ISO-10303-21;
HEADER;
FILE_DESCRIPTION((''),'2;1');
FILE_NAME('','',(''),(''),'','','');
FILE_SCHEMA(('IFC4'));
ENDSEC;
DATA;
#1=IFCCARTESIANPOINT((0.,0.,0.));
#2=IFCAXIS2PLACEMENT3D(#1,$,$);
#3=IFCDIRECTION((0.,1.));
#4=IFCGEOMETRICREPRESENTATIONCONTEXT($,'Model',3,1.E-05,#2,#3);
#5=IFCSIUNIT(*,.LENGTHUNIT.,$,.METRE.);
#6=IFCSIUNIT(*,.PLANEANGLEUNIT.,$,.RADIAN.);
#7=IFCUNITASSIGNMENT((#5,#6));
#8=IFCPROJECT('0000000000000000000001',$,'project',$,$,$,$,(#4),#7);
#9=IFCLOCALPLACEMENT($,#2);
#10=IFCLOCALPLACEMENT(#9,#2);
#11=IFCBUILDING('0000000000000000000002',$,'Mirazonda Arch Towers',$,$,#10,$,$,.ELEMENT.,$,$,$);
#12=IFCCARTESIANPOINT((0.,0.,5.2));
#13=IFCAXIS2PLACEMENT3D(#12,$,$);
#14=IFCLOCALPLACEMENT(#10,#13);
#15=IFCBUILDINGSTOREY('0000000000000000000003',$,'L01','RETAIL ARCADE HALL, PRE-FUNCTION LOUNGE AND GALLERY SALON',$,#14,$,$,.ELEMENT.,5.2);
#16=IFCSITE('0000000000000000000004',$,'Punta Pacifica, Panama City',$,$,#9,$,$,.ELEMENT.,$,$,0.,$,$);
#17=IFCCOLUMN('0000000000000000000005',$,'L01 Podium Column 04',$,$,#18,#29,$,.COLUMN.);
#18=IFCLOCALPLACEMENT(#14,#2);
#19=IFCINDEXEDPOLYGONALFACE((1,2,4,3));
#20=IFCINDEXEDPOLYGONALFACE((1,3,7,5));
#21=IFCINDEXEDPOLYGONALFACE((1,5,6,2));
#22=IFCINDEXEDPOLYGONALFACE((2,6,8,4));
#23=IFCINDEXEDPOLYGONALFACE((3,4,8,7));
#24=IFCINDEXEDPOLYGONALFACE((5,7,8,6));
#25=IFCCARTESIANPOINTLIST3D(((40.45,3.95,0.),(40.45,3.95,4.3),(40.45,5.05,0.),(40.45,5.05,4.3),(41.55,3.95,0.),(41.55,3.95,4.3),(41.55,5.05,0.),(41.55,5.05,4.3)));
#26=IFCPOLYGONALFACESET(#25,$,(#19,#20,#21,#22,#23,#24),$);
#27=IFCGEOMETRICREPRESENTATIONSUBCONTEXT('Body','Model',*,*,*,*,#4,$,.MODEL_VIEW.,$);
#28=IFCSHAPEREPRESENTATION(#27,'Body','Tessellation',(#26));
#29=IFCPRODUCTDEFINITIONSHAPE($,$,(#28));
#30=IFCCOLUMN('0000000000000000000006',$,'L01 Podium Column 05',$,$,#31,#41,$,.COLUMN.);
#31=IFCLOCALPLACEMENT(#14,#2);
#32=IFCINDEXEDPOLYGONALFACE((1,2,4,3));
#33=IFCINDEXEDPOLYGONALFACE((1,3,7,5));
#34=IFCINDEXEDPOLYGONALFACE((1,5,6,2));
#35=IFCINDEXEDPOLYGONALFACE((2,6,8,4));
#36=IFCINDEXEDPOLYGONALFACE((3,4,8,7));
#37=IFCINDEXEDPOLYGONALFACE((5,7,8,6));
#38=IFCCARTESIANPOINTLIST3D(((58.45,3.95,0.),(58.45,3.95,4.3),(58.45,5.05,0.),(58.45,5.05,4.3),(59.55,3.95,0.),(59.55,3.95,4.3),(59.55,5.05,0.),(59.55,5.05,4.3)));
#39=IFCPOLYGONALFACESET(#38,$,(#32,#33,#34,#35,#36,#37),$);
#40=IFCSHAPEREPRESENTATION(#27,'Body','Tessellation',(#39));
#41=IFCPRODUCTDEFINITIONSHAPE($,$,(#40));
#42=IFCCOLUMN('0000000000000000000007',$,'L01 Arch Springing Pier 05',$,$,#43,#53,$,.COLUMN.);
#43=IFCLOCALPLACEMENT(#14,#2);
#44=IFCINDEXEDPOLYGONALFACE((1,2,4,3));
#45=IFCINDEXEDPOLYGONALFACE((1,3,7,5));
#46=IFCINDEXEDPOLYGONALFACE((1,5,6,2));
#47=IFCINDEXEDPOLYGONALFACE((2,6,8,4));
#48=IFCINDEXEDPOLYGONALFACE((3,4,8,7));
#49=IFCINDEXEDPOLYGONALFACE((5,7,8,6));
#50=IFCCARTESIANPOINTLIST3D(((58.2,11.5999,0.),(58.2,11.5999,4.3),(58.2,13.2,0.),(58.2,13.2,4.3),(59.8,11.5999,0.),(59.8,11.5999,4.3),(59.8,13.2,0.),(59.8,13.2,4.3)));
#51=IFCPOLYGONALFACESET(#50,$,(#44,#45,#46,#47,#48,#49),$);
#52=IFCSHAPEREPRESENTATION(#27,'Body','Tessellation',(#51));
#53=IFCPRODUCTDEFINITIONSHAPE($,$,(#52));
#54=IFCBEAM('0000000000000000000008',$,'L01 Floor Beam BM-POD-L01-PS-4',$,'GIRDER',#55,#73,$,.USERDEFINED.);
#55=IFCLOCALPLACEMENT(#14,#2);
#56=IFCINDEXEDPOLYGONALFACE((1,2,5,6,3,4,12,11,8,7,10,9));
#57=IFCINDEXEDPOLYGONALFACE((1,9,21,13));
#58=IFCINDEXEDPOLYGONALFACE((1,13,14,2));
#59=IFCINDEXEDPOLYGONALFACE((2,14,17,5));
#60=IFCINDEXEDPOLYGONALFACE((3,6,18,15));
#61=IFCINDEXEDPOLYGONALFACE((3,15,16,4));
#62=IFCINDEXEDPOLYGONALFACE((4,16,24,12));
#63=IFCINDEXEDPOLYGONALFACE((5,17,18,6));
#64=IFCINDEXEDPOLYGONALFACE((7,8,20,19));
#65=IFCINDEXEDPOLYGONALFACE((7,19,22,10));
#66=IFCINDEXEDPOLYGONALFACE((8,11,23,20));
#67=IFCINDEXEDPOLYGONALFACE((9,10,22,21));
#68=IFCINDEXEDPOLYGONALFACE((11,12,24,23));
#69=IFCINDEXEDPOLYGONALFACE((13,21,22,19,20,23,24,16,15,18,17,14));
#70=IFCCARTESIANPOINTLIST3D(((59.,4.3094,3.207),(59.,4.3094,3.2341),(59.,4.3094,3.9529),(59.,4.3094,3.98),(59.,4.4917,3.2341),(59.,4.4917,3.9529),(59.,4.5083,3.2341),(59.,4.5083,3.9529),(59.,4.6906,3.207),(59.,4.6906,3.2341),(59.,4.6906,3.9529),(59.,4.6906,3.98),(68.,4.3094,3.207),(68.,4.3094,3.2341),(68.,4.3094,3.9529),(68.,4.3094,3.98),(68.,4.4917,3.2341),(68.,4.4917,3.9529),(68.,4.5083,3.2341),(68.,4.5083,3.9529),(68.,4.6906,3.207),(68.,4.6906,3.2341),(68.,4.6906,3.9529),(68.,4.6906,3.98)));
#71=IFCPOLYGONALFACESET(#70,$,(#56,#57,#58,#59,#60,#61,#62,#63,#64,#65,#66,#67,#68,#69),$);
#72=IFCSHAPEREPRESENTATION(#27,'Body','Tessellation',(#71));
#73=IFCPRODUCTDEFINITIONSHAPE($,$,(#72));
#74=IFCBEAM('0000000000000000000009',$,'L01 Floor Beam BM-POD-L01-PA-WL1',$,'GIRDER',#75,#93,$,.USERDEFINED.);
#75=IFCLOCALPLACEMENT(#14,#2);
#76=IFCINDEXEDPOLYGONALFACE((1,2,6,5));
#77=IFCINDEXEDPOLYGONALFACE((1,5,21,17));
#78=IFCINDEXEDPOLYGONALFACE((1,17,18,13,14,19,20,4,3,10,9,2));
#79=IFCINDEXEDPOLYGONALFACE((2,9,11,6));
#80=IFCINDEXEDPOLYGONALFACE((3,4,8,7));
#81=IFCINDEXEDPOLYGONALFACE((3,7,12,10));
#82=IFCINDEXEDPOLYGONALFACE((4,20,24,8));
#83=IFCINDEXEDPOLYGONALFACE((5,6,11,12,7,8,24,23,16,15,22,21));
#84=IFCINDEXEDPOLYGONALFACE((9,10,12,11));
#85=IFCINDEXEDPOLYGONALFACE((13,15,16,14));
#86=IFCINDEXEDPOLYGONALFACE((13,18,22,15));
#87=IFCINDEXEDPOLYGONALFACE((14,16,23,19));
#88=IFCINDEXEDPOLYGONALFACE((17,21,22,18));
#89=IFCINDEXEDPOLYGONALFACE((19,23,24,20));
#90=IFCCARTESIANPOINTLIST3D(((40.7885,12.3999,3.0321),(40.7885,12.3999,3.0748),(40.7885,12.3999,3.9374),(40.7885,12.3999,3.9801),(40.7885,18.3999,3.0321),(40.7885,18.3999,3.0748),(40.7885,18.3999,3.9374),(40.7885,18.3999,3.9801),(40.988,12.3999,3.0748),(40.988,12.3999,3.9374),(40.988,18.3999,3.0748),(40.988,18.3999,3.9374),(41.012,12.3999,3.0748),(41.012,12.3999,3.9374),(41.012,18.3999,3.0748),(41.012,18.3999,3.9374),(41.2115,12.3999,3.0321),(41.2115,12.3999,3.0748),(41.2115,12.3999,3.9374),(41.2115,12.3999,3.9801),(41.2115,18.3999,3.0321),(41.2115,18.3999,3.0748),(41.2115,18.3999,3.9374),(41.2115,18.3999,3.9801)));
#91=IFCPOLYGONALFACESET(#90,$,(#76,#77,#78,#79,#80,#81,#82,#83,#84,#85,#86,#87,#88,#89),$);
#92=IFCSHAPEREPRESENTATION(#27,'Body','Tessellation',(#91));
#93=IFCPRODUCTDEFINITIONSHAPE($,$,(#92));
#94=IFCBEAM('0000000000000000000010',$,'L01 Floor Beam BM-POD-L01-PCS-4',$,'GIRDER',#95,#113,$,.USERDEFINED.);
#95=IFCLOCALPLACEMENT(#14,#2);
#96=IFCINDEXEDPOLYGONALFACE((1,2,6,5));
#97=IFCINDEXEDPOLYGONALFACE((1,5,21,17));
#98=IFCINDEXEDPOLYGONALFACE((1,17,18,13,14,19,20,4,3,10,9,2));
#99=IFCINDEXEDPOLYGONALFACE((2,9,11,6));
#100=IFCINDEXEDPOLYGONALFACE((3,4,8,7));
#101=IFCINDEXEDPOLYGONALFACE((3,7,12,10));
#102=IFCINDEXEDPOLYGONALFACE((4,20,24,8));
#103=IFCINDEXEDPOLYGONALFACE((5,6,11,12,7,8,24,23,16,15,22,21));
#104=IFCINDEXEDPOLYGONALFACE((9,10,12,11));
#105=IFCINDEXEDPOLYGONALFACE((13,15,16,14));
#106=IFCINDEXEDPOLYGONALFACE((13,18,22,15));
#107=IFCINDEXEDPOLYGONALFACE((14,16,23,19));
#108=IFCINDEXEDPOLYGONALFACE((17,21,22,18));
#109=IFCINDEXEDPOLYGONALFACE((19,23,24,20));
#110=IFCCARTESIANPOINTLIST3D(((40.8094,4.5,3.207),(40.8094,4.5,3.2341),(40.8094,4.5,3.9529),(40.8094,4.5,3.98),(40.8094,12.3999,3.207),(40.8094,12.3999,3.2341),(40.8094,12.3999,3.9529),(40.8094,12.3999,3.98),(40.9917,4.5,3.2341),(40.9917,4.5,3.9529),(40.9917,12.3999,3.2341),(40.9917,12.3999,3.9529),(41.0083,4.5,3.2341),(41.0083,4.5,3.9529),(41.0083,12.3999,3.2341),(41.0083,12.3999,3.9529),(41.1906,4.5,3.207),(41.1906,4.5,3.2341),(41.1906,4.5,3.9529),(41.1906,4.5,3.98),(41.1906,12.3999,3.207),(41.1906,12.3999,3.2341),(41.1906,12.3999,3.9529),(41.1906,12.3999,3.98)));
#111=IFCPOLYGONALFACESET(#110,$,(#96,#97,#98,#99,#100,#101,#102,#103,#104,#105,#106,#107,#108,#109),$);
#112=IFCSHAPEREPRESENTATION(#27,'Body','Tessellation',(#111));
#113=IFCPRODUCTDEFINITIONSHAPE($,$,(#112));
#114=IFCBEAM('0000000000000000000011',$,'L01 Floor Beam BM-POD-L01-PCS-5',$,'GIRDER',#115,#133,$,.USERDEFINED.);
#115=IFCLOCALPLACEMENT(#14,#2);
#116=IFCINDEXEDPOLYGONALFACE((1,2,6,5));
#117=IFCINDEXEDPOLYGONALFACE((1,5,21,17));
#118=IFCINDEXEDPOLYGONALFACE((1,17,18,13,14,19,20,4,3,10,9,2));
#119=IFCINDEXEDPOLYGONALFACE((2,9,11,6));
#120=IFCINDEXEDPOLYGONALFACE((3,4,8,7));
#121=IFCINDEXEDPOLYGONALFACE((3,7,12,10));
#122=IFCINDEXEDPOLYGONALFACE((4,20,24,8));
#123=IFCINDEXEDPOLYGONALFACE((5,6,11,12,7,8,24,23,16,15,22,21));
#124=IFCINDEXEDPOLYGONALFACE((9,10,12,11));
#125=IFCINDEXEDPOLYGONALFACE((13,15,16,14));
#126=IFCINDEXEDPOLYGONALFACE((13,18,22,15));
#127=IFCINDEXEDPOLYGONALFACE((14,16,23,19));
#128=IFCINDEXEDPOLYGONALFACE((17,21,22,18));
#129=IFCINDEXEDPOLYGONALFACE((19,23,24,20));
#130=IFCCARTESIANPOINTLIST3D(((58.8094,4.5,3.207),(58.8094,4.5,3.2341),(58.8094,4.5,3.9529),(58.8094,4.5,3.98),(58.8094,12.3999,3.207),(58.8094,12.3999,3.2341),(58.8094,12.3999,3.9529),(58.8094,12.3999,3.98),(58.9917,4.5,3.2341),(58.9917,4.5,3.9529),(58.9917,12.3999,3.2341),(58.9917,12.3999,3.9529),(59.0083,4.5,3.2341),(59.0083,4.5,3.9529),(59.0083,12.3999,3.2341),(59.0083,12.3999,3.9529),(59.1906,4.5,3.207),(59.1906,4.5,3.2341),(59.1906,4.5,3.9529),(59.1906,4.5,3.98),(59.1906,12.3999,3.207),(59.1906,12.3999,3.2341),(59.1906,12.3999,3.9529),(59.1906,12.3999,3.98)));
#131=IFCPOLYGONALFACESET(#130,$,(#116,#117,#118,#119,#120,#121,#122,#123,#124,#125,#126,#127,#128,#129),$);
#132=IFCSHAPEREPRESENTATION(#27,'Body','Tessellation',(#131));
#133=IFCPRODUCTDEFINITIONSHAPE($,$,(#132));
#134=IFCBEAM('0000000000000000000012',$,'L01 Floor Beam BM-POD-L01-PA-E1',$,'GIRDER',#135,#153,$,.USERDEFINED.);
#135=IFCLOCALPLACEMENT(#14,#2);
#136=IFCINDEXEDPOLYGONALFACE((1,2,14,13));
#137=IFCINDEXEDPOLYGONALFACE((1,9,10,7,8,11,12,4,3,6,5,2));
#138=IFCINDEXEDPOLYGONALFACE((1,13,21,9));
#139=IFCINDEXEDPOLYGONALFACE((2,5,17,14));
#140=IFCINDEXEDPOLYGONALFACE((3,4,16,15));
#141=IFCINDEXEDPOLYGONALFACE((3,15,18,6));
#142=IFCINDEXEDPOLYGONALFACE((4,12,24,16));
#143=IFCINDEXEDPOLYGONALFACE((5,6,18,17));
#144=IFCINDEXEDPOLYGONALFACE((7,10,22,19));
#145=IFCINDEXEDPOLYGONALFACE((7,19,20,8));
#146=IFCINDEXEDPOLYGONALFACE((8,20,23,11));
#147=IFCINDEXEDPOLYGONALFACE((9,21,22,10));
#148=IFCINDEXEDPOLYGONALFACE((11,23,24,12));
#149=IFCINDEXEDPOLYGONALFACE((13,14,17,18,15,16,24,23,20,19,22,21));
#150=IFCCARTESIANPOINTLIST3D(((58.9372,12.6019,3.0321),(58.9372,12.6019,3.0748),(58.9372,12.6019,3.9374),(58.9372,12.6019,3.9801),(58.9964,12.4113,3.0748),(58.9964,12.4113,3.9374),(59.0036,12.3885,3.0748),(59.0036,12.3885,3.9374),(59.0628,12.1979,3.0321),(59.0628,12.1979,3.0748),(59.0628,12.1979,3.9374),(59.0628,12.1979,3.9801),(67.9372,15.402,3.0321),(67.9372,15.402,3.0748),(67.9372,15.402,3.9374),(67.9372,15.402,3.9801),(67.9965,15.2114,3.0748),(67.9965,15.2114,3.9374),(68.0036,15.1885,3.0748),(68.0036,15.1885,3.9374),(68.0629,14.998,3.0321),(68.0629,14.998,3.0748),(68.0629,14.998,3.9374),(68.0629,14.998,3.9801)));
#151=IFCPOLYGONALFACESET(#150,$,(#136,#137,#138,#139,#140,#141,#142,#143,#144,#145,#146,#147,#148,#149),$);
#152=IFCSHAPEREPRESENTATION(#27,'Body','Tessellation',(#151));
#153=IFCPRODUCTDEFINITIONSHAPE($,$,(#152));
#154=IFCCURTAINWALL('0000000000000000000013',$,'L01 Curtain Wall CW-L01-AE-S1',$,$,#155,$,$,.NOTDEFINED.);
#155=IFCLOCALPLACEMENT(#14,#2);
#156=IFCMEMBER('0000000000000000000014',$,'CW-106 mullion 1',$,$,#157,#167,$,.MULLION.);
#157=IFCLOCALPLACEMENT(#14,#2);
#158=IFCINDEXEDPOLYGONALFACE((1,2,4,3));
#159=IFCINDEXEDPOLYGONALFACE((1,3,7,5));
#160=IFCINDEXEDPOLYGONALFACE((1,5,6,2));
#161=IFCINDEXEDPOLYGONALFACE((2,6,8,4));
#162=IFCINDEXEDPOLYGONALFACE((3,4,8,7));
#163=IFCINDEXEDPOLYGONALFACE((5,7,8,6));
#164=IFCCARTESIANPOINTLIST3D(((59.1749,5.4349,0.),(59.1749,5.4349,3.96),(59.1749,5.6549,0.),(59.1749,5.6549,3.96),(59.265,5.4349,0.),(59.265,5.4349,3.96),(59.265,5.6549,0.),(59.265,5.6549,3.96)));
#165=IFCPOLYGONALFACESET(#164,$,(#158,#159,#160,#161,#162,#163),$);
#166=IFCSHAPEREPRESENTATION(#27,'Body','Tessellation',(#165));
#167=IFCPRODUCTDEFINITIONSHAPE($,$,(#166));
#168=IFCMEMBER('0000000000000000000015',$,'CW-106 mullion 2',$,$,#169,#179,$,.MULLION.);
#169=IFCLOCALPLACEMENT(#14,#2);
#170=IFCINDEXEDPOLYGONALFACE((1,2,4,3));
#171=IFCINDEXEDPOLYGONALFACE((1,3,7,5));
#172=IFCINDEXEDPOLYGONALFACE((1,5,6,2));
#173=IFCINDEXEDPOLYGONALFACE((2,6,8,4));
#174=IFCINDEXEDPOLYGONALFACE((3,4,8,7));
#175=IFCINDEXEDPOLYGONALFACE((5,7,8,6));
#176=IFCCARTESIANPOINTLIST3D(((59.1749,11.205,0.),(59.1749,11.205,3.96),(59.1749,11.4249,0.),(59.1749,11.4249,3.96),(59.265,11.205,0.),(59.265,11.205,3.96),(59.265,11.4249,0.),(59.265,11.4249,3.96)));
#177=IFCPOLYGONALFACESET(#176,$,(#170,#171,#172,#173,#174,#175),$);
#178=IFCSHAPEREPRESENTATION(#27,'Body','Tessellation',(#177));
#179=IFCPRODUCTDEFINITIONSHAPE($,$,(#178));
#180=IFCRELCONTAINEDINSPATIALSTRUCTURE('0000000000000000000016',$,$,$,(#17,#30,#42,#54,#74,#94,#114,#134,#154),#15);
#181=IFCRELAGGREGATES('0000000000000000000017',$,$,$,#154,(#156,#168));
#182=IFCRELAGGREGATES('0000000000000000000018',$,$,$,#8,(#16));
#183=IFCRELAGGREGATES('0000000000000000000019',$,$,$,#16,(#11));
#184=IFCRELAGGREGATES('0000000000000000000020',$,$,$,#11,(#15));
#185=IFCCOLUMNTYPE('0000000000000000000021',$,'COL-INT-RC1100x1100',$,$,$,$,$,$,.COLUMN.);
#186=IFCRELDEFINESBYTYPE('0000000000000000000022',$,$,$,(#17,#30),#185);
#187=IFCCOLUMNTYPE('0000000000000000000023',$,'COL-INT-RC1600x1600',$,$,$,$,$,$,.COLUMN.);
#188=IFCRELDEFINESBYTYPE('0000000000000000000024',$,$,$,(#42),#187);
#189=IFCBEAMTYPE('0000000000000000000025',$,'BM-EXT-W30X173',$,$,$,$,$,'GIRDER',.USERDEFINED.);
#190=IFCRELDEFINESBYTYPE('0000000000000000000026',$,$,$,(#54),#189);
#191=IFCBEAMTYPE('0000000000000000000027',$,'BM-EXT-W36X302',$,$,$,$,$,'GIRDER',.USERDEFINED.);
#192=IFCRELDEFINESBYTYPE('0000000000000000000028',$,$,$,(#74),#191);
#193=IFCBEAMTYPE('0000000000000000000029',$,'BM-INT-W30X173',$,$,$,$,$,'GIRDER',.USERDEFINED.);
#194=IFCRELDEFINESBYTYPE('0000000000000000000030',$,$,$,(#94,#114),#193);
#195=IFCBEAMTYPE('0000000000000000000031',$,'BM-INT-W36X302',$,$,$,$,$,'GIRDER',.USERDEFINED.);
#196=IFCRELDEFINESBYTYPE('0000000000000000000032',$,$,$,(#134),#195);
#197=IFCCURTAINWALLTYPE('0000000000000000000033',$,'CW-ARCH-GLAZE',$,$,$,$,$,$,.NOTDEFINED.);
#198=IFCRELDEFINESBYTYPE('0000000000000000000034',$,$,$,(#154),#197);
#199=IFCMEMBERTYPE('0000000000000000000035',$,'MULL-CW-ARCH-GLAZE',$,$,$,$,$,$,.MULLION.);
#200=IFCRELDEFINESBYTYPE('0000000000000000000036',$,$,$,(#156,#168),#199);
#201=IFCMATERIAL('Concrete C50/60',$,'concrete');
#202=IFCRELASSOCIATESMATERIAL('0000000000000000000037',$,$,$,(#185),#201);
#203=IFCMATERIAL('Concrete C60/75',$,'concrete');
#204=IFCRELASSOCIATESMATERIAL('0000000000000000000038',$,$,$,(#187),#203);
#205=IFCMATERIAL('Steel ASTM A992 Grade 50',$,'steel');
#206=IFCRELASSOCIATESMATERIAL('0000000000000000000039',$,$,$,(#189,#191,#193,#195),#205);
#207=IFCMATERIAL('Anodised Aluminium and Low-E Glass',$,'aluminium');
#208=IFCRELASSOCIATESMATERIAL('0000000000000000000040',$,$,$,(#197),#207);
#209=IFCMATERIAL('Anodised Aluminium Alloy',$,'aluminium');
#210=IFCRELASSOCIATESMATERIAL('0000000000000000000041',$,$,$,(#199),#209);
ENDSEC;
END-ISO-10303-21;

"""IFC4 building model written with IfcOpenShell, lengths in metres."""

from ifc_helpers import new_model, si_unit, direction, frame, origin, origin_2d, place, context, subcontext, project, spatial, rectangle, i_section, extrude, material, material_profile, profile_set, type_object, element, aggregate, save


model = new_model("IFC4")

# Units and contexts
model_context = context("Model", 3, precision=1e-05, world=origin(), true_north=direction((0.0, 1.0)))
body_context = subcontext(model_context, "Body", "Model", "MODEL_VIEW")
ifc_project = project(units=[si_unit("LENGTHUNIT", "METRE"), si_unit("PLANEANGLEUNIT", "RADIAN")], contexts=[model_context])

# Site, building, storey
site_placement = place(None, origin())
site = spatial("IfcSite", under=ifc_project, at=site_placement, Name="Punta Pacifica, Panama City", CompositionType="ELEMENT", RefElevation=0.0)
building_placement = place(site_placement, origin())
building = spatial("IfcBuilding", under=site, at=building_placement, Name="Mirazonda Arch Towers", CompositionType="ELEMENT")
storey_placement = place(building_placement, frame((0.0, 0.0, 5.2)))
storey = spatial("IfcBuildingStorey", under=building, at=storey_placement, Name="L01", Description="RETAIL ARCADE HALL, PRE-FUNCTION LOUNGE AND GALLERY SALON", CompositionType="ELEMENT", Elevation=5.2)

# Columns
ifc_material_1 = material(Name="Concrete C50/60", Category="concrete")
ifc_material_profile_1 = material_profile(ifc_material_1, rectangle(XDim=1.1001, YDim=1.1001, at=origin_2d()), Name="RC1100x1100")
ifc_profile_set_1 = profile_set([ifc_material_profile_1], Name="Concrete C50/60")
column_type_1 = type_object("IfcColumnType", Name="COL-INT-RC1100x1100", PredefinedType="COLUMN", material=ifc_profile_set_1)
for number, where, z_axis, x_axis, name in (
    (1, (41.0, 4.5, 0.0), (0.0, 0.0, 1.0), (1.0, 0.0, 0.0), "L01 Podium Column 04"),
    (2, (59.0, 4.5, 0.0), (0.0, 0.0, 1.0), (1.0, 0.0, 0.0), "L01 Podium Column 05"),
):
    element("IfcColumn", number, at=place(storey_placement, frame(where, z_axis=z_axis, x_axis=x_axis)), inside=storey, type_object=column_type_1, Name=name, PredefinedType="COLUMN", context=body_context, shape_type="SweptSolid", body=[
        extrude(rectangle(XDim=1.1001, YDim=1.1001, at=origin_2d()), origin(), (0.0, 0.0, 1.0), 4.3),
    ])
ifc_material_2 = material(Name="Concrete C60/75", Category="concrete")
ifc_material_profile_2 = material_profile(ifc_material_2, rectangle(XDim=1.6001, YDim=1.6001, at=origin_2d()), Name="RC1600x1600")
ifc_profile_set_2 = profile_set([ifc_material_profile_2], Name="Concrete C60/75")
column_type_2 = type_object("IfcColumnType", Name="COL-INT-RC1600x1600", PredefinedType="COLUMN", material=ifc_profile_set_2)
column_placement = place(storey_placement, frame((59.0, 12.3999, 0.0), z_axis=(0.0, 0.0, 1.0), x_axis=(1.0, 0.0, 0.0)))
element("IfcColumn", 3, at=column_placement, inside=storey, type_object=column_type_2, Name="L01 Arch Springing Pier 05", PredefinedType="COLUMN", context=body_context, shape_type="SweptSolid", body=[
    extrude(rectangle(XDim=1.6001, YDim=1.6001, at=origin_2d()), origin(), (0.0, 0.0, 1.0), 4.3),
])

# Beams
ifc_material_3 = material(Name="Steel ASTM A992 Grade 50", Category="steel")
ifc_material_profile_3 = material_profile(ifc_material_3, i_section(OverallWidth=0.3811, OverallDepth=0.7729, WebThickness=0.0166, FlangeThickness=0.0271, at=origin_2d()), Name="W30X173")
ifc_profile_set_3 = profile_set([ifc_material_profile_3], Name="Steel ASTM A992 Grade 50")
beam_type_1 = type_object("IfcBeamType", Name="BM-EXT-W30X173", ElementType="GIRDER", PredefinedType="USERDEFINED", material=ifc_profile_set_3)
beam_1_placement = place(storey_placement, frame((59.0, 4.5, 3.5935), z_axis=(1.0, 0.0, 0.0), x_axis=(0.0, 1.0, 0.0)))
element("IfcBeam", 4, at=beam_1_placement, inside=storey, type_object=beam_type_1, Name="L01 Floor Beam BM-POD-L01-PS-4", ObjectType="GIRDER", PredefinedType="USERDEFINED", context=body_context, shape_type="SweptSolid", body=[
    extrude(i_section(OverallWidth=0.3811, OverallDepth=0.7729, WebThickness=0.0166, FlangeThickness=0.0271, at=origin_2d()), origin(), (0.0, 0.0, 1.0), 9.0),
])
ifc_material_profile_4 = material_profile(ifc_material_3, i_section(OverallWidth=0.4231, OverallDepth=0.948, WebThickness=0.0239, FlangeThickness=0.0427, at=origin_2d()), Name="W36X302")
ifc_profile_set_4 = profile_set([ifc_material_profile_4], Name="Steel ASTM A992 Grade 50")
beam_type_2 = type_object("IfcBeamType", Name="BM-EXT-W36X302", ElementType="GIRDER", PredefinedType="USERDEFINED", material=ifc_profile_set_4)
beam_2_placement = place(storey_placement, frame((41.0, 12.3999, 3.5061), z_axis=(0.0, 1.0, 0.0), x_axis=(-1.0, 0.0, 0.0)))
element("IfcBeam", 5, at=beam_2_placement, inside=storey, type_object=beam_type_2, Name="L01 Floor Beam BM-POD-L01-PA-WL1", ObjectType="GIRDER", PredefinedType="USERDEFINED", context=body_context, shape_type="SweptSolid", body=[
    extrude(i_section(OverallWidth=0.4231, OverallDepth=0.948, WebThickness=0.0239, FlangeThickness=0.0427, at=origin_2d()), origin(), (0.0, 0.0, 1.0), 6.0),
])
ifc_material_profile_5 = material_profile(ifc_material_3, i_section(OverallWidth=0.3811, OverallDepth=0.7729, WebThickness=0.0166, FlangeThickness=0.0271, at=origin_2d()), Name="W30X173")
ifc_profile_set_5 = profile_set([ifc_material_profile_5], Name="Steel ASTM A992 Grade 50")
beam_type_3 = type_object("IfcBeamType", Name="BM-INT-W30X173", ElementType="GIRDER", PredefinedType="USERDEFINED", material=ifc_profile_set_5)
for number, where, z_axis, x_axis, name in (
    (6, (41.0, 4.5, 3.5935), (0.0, 1.0, 0.0), (-1.0, 0.0, 0.0), "L01 Floor Beam BM-POD-L01-PCS-4"),
    (7, (59.0, 4.5, 3.5935), (0.0, 1.0, 0.0), (-1.0, 0.0, 0.0), "L01 Floor Beam BM-POD-L01-PCS-5"),
):
    element("IfcBeam", number, at=place(storey_placement, frame(where, z_axis=z_axis, x_axis=x_axis)), inside=storey, type_object=beam_type_3, Name=name, ObjectType="GIRDER", PredefinedType="USERDEFINED", context=body_context, shape_type="SweptSolid", body=[
        extrude(i_section(OverallWidth=0.3811, OverallDepth=0.7729, WebThickness=0.0166, FlangeThickness=0.0271, at=origin_2d()), origin(), (0.0, 0.0, 1.0), 7.8999),
    ])
ifc_material_profile_6 = material_profile(ifc_material_3, i_section(OverallWidth=0.4231, OverallDepth=0.948, WebThickness=0.0239, FlangeThickness=0.0427, at=origin_2d()), Name="W36X302")
ifc_profile_set_6 = profile_set([ifc_material_profile_6], Name="Steel ASTM A992 Grade 50")
beam_type_4 = type_object("IfcBeamType", Name="BM-INT-W36X302", ElementType="GIRDER", PredefinedType="USERDEFINED", material=ifc_profile_set_6)
beam_3_placement = place(storey_placement, frame((59.0, 12.3999, 3.5061), z_axis=(0.954855, 0.297071, 0.0), x_axis=(-0.297071, 0.954855, 0.0)))
element("IfcBeam", 8, at=beam_3_placement, inside=storey, type_object=beam_type_4, Name="L01 Floor Beam BM-POD-L01-PA-E1", ObjectType="GIRDER", PredefinedType="USERDEFINED", context=body_context, shape_type="SweptSolid", body=[
    extrude(i_section(OverallWidth=0.4231, OverallDepth=0.948, WebThickness=0.0239, FlangeThickness=0.0427, at=origin_2d()), origin(), (0.0, 0.0, 1.0), 9.4255),
])

# Curtain wall, members
ifc_material_4 = material(Name="Anodised Aluminium and Low-E Glass", Category="aluminium")
curtain_wall_type_1 = type_object("IfcCurtainWallType", Name="CW-ARCH-GLAZE", PredefinedType="NOTDEFINED", material=ifc_material_4)
curtain_wall_1_placement = place(storey_placement, origin())
curtain_wall_1 = element("IfcCurtainWall", 9, at=curtain_wall_1_placement, inside=storey, type_object=curtain_wall_type_1, Name="L01 Curtain Wall CW-L01-AE-S1", PredefinedType="NOTDEFINED")
ifc_material_5 = material(Name="Anodised Aluminium Alloy", Category="aluminium")
ifc_material_profile_7 = material_profile(ifc_material_5, rectangle(XDim=0.0901, YDim=0.22, at=origin_2d()), Name="ALU-MULL-90x220")
ifc_profile_set_7 = profile_set([ifc_material_profile_7], Name="Anodised Aluminium Alloy")
member_type_1 = type_object("IfcMemberType", Name="MULL-CW-ARCH-GLAZE", PredefinedType="MULLION", material=ifc_profile_set_7)
member_1_placement = place(storey_placement, frame((59.22, 5.5449, 0.0), z_axis=(0.0, 0.0, 1.0), x_axis=(-1.0, 0.0, 0.0)))
member_1 = element("IfcMember", 10, at=member_1_placement, type_object=member_type_1, Name="CW-106 mullion 1", PredefinedType="MULLION", context=body_context, shape_type="SweptSolid", body=[
    extrude(rectangle(XDim=0.0901, YDim=0.22, at=origin_2d()), origin(), (0.0, 0.0, 1.0), 3.96),
])
member_2_placement = place(storey_placement, frame((59.22, 11.3149, 0.0), z_axis=(0.0, 0.0, 1.0), x_axis=(-1.0, 0.0, 0.0)))
member_2 = element("IfcMember", 11, at=member_2_placement, type_object=member_type_1, Name="CW-106 mullion 2", PredefinedType="MULLION", context=body_context, shape_type="SweptSolid", body=[
    extrude(rectangle(XDim=0.0901, YDim=0.22, at=origin_2d()), origin(), (0.0, 0.0, 1.0), 3.96),
])

aggregate(curtain_wall_1, [member_1, member_2])

save(model, "model.ifc")
